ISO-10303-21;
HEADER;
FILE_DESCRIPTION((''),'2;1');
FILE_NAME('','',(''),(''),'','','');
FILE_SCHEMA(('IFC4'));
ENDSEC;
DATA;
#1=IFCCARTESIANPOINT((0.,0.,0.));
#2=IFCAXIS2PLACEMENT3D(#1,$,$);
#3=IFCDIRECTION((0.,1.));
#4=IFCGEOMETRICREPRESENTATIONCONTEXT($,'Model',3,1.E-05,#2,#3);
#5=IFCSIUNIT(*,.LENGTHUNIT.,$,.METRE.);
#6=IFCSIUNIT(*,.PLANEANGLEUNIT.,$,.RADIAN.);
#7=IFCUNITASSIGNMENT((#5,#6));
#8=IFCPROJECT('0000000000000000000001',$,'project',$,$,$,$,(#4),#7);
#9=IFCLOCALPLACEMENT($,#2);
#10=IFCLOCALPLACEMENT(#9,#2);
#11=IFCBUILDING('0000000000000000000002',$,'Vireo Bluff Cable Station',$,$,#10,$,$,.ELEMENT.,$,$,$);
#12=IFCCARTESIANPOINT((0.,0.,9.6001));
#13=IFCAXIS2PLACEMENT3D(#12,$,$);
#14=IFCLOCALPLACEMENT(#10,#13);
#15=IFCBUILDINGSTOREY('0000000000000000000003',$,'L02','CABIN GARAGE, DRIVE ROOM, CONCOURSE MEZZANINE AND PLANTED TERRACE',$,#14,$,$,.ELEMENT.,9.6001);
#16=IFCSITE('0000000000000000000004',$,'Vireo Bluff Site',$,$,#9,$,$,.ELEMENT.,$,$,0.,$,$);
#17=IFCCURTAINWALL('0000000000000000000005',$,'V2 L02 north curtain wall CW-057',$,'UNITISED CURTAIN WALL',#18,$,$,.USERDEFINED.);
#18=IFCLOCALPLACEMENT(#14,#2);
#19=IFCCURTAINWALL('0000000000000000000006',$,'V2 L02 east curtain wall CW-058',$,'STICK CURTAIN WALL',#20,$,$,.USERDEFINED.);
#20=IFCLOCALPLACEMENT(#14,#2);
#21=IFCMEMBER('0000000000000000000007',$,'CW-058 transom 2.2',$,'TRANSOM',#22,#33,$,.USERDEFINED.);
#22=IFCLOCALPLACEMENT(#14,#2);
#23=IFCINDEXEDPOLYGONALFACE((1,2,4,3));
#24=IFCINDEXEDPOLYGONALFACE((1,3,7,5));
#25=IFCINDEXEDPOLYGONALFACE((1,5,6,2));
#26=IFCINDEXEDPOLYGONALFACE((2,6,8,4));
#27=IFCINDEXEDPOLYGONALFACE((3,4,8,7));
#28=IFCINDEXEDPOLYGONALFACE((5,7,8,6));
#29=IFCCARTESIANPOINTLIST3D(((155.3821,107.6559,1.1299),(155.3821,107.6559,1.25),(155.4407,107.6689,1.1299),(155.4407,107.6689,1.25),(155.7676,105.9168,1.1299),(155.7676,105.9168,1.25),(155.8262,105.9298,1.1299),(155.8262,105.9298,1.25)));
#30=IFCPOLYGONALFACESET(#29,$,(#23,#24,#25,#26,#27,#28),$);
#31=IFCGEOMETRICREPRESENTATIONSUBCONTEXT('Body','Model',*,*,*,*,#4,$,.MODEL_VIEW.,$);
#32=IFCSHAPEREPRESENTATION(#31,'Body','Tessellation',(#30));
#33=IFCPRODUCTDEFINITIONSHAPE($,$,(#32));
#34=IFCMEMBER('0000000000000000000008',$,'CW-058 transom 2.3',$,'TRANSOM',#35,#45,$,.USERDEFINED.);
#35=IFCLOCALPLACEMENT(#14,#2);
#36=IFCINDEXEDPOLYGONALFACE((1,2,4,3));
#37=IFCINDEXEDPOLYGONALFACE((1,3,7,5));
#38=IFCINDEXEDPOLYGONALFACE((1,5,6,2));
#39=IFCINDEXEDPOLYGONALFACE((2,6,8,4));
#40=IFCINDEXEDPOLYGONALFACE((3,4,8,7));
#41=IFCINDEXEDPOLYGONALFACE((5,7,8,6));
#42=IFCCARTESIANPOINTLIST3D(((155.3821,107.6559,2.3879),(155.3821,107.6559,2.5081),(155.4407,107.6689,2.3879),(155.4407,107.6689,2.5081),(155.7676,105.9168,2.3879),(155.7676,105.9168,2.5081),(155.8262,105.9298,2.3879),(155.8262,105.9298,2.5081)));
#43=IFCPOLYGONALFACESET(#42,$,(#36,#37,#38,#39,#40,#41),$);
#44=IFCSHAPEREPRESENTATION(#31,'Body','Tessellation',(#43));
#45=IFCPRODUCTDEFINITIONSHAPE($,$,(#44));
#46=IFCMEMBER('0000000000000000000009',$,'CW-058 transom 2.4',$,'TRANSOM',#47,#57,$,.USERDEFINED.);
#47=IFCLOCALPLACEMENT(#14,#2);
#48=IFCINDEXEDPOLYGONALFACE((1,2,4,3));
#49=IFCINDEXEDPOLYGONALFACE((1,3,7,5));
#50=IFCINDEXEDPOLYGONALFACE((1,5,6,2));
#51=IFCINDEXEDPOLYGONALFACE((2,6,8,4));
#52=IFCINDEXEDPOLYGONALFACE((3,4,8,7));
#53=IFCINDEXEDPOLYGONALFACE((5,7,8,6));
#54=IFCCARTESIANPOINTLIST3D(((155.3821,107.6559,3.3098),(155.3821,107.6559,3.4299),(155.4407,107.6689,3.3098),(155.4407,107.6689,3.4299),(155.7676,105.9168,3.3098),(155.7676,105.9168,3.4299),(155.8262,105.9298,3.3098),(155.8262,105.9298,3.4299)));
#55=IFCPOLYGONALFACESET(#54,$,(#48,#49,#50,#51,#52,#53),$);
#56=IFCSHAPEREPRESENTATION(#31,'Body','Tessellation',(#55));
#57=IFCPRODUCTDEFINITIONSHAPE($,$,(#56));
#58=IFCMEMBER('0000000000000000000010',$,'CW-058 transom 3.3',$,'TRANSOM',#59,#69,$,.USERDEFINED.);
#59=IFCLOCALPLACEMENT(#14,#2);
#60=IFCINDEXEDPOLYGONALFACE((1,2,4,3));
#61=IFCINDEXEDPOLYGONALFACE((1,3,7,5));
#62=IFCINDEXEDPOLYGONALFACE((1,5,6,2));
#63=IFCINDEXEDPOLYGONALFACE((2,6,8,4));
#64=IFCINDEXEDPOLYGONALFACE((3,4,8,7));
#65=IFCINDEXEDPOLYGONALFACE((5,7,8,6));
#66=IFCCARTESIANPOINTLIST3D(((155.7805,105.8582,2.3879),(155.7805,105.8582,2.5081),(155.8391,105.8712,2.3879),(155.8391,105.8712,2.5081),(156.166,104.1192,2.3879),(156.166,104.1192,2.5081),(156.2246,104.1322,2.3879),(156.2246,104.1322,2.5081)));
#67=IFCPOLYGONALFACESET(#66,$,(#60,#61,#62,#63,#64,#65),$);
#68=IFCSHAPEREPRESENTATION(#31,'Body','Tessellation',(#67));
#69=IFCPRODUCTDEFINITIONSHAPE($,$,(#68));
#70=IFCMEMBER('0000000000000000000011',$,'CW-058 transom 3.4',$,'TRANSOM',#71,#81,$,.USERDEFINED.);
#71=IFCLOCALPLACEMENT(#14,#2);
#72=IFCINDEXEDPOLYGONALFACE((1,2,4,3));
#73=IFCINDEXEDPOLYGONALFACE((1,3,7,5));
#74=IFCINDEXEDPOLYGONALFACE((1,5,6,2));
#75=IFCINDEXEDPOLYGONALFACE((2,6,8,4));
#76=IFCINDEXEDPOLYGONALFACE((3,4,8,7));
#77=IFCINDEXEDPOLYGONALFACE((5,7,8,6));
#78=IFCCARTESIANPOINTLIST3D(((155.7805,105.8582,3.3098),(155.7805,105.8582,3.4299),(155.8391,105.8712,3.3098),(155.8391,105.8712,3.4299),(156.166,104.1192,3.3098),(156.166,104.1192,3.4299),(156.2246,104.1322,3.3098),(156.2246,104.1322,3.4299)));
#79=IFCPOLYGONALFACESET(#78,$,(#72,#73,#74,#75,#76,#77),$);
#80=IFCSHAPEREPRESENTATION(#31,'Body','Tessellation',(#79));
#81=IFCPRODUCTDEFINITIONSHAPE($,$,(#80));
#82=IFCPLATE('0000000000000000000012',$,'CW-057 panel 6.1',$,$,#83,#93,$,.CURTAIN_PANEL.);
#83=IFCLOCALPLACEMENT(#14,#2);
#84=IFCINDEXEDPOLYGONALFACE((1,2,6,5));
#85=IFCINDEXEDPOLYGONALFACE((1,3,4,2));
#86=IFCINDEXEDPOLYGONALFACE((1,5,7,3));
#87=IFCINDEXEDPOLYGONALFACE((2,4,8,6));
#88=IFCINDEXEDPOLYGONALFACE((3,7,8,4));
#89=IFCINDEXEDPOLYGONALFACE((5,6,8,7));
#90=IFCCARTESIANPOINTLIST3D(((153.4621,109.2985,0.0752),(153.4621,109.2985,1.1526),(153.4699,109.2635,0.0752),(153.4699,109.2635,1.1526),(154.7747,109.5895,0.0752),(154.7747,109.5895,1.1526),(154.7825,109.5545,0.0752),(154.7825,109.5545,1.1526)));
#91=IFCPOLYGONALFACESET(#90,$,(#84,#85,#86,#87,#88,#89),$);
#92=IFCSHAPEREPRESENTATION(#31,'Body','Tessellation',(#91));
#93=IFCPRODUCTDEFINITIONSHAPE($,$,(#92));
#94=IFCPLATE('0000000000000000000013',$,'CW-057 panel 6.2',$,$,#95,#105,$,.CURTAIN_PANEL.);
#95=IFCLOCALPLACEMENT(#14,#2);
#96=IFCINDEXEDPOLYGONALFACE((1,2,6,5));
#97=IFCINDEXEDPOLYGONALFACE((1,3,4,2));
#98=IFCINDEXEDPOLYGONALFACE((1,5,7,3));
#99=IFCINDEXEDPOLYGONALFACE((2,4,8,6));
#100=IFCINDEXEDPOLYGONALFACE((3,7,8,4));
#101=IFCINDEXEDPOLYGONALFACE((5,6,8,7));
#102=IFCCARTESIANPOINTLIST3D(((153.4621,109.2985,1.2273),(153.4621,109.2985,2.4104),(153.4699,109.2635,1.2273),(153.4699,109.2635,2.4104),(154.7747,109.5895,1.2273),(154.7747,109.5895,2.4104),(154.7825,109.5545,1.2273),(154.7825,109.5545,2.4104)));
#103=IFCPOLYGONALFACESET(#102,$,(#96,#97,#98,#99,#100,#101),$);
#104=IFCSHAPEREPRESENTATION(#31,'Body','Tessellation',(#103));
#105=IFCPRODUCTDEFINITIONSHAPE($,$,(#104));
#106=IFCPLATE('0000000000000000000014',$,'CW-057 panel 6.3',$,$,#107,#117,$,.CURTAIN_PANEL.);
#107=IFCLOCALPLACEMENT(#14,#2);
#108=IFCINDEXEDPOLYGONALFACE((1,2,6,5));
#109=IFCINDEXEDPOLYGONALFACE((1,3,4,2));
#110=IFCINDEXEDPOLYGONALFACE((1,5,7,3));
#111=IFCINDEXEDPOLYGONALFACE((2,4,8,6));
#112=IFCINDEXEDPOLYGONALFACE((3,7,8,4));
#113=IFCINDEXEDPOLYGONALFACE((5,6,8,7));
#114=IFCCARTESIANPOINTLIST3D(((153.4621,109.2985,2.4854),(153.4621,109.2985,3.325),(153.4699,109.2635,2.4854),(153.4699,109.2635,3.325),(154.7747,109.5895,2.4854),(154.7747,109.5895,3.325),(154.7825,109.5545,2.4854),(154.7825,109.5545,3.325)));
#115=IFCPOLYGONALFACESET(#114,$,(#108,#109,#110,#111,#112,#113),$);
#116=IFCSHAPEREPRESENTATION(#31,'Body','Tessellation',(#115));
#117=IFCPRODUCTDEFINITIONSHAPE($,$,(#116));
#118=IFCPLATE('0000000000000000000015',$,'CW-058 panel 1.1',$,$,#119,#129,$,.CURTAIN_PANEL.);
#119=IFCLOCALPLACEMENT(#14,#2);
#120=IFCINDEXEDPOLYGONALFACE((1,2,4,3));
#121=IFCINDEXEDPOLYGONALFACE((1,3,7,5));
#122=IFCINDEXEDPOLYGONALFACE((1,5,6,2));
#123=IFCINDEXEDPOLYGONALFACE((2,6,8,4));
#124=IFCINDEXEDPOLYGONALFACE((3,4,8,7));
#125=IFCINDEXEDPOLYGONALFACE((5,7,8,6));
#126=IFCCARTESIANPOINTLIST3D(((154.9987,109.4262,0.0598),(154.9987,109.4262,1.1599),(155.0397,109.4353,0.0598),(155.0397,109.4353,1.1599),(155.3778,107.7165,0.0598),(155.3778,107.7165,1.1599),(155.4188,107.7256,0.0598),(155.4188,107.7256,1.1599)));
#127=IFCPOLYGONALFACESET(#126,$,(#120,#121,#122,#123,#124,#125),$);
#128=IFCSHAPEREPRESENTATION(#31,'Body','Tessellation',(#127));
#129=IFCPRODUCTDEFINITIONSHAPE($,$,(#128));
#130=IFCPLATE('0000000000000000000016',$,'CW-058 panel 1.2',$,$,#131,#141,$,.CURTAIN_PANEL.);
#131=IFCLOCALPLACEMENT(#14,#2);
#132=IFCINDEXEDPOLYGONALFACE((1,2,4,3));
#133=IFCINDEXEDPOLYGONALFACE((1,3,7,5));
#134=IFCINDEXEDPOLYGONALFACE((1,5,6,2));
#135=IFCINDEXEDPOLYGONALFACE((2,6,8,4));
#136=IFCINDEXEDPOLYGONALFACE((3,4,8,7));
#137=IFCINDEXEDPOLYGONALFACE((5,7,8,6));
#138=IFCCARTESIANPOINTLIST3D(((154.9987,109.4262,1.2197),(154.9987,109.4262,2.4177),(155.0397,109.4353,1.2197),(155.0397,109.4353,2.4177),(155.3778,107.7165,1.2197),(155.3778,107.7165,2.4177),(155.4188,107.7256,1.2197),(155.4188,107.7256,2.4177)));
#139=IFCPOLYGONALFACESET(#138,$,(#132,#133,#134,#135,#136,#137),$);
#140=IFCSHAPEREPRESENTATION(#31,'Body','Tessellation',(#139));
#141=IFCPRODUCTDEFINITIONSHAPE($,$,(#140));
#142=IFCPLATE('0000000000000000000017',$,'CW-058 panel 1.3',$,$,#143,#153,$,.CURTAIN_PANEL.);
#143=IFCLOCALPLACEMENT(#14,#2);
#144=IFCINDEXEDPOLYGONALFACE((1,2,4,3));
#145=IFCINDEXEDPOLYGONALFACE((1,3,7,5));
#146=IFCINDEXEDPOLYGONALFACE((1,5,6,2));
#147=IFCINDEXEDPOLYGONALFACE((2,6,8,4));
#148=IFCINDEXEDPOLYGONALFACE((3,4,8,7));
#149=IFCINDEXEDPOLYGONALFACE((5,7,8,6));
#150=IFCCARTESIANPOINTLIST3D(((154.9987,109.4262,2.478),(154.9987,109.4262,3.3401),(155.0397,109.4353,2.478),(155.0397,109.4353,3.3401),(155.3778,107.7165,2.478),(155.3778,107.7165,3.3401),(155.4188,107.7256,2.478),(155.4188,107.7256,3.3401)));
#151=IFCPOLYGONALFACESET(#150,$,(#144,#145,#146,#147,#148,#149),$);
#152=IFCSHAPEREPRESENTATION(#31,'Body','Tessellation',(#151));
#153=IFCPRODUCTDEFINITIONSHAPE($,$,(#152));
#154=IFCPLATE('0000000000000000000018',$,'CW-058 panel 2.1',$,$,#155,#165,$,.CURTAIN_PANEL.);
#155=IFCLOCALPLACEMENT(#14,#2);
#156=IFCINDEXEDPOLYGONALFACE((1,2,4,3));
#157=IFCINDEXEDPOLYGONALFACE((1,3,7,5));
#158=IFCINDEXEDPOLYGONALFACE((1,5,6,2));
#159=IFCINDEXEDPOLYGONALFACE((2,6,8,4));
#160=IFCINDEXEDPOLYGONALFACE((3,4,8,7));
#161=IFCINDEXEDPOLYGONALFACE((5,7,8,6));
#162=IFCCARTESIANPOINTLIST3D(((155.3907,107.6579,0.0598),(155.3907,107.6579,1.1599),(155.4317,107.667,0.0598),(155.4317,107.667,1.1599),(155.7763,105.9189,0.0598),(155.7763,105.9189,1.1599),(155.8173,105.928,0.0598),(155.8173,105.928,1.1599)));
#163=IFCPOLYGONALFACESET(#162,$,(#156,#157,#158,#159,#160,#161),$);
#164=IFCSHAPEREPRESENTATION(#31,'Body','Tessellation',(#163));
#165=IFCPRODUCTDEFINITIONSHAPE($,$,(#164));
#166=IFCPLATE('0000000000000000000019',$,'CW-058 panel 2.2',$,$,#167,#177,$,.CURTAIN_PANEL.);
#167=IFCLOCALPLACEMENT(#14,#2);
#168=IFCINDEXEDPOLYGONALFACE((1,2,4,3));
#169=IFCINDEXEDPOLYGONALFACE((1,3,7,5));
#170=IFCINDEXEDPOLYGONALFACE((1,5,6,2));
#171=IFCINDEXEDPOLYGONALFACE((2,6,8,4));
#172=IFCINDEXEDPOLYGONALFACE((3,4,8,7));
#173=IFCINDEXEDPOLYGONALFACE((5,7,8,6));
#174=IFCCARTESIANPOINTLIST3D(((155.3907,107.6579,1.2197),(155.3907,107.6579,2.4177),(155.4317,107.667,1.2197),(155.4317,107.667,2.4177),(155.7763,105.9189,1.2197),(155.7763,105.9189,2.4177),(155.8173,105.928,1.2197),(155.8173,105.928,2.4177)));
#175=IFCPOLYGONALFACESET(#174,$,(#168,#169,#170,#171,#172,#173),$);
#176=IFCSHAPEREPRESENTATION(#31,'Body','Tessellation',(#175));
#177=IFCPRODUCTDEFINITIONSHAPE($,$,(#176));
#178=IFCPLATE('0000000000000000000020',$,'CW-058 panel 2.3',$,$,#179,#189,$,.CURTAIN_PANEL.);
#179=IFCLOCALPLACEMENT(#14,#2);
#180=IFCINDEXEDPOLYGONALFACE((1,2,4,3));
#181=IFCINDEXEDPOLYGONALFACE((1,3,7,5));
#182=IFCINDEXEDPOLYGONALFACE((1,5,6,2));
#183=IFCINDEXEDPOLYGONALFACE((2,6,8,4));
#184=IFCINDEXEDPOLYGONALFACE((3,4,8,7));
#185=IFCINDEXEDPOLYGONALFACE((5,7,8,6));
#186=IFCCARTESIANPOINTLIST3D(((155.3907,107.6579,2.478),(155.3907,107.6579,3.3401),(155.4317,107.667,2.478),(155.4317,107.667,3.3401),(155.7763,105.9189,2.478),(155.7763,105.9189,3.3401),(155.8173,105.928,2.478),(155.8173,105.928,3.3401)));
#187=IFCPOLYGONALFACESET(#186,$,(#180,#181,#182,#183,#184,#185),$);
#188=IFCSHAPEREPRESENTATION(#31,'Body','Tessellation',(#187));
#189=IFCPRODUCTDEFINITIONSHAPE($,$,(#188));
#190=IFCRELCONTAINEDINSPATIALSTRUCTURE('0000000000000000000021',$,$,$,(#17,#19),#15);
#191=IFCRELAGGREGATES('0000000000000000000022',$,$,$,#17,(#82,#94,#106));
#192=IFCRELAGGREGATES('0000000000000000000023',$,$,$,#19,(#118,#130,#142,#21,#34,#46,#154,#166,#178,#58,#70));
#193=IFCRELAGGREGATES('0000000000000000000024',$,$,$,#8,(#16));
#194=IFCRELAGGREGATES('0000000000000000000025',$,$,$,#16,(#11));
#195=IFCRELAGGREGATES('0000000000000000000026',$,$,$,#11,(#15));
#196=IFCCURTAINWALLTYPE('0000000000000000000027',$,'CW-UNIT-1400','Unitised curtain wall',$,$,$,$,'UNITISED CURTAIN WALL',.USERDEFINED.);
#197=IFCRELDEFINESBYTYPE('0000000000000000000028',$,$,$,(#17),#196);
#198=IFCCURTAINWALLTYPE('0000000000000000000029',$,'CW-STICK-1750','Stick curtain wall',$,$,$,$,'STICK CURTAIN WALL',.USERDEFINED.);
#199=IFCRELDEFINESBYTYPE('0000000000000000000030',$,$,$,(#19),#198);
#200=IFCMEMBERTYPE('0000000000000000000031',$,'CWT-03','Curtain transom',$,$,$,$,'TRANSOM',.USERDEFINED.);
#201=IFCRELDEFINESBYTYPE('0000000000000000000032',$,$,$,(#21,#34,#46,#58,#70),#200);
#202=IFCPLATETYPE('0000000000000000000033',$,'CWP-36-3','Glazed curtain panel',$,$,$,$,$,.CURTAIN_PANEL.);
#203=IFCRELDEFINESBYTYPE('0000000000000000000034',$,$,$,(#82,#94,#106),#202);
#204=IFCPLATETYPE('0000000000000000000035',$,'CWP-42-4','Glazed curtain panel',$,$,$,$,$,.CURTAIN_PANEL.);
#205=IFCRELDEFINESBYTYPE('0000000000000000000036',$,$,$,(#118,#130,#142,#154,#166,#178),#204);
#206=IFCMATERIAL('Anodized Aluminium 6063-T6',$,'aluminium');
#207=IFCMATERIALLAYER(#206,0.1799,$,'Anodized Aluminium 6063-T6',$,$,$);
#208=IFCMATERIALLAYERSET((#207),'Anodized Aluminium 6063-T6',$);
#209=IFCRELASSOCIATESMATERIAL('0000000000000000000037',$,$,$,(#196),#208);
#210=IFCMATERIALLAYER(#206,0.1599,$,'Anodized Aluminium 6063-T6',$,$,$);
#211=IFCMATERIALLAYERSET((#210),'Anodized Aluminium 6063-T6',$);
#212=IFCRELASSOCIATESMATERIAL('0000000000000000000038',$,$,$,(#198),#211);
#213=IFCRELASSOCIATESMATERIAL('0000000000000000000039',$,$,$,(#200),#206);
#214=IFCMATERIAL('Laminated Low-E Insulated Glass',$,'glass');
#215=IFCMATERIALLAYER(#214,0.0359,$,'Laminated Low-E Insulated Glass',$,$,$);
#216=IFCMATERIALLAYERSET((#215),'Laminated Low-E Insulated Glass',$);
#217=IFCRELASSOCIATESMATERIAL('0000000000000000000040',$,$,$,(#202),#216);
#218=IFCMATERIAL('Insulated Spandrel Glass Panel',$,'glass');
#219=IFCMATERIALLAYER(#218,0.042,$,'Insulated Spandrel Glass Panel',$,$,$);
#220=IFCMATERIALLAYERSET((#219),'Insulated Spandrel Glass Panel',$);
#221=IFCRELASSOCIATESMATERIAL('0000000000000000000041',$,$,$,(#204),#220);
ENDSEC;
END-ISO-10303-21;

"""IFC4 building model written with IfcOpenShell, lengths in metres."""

from ifc_helpers import new_model, si_unit, direction, frame, origin, origin_2d, place, context, subcontext, project, spatial, rectangle, extrude, material, layer, layer_set, material_profile, profile_set, type_object, element, aggregate, save


model = new_model("IFC4")

# Units and contexts
model_context = context("Model", 3, precision=1e-05, world=origin(), true_north=direction((0.0, 1.0)))
body_context = subcontext(model_context, "Body", "Model", "MODEL_VIEW")
ifc_project = project(units=[si_unit("LENGTHUNIT", "METRE"), si_unit("PLANEANGLEUNIT", "RADIAN")], contexts=[model_context])

# Site, building, storey
site_placement = place(None, origin())
site = spatial("IfcSite", under=ifc_project, at=site_placement, Name="Vireo Bluff Site", CompositionType="ELEMENT", RefElevation=0.0)
building_placement = place(site_placement, origin())
building = spatial("IfcBuilding", under=site, at=building_placement, Name="Vireo Bluff Cable Station", CompositionType="ELEMENT")
storey_placement = place(building_placement, frame((0.0, 0.0, 9.6001)))
storey = spatial("IfcBuildingStorey", under=building, at=storey_placement, Name="L02", Description="CABIN GARAGE, DRIVE ROOM, CONCOURSE MEZZANINE AND PLANTED TERRACE", CompositionType="ELEMENT", Elevation=9.6001)

# Curtain wall
ifc_material_1 = material(Name="Anodized Aluminium 6063-T6", Category="aluminium")
ifc_layer_1 = layer(ifc_material_1, 0.1799, Name="Anodized Aluminium 6063-T6")
ifc_layer_set_1 = layer_set([ifc_layer_1], Name="Anodized Aluminium 6063-T6")
curtain_wall_type_1 = type_object("IfcCurtainWallType", Name="CW-UNIT-1400", Description="Unitised curtain wall", ElementType="UNITISED CURTAIN WALL", PredefinedType="USERDEFINED", material=ifc_layer_set_1)
curtain_wall_1_placement = place(storey_placement, origin())
curtain_wall_1 = element("IfcCurtainWall", 1, at=curtain_wall_1_placement, inside=storey, type_object=curtain_wall_type_1, Name="V2 L02 north curtain wall CW-057", ObjectType="UNITISED CURTAIN WALL", PredefinedType="USERDEFINED")

# Curtain wall
ifc_layer_2 = layer(ifc_material_1, 0.1599, Name="Anodized Aluminium 6063-T6")
ifc_layer_set_2 = layer_set([ifc_layer_2], Name="Anodized Aluminium 6063-T6")
curtain_wall_type_2 = type_object("IfcCurtainWallType", Name="CW-STICK-1750", Description="Stick curtain wall", ElementType="STICK CURTAIN WALL", PredefinedType="USERDEFINED", material=ifc_layer_set_2)
curtain_wall_2_placement = place(storey_placement, origin())
curtain_wall_2 = element("IfcCurtainWall", 2, at=curtain_wall_2_placement, inside=storey, type_object=curtain_wall_type_2, Name="V2 L02 east curtain wall CW-058", ObjectType="STICK CURTAIN WALL", PredefinedType="USERDEFINED")

# Members
ifc_material_profile_1 = material_profile(ifc_material_1, rectangle(XDim=0.0601, YDim=0.1201, at=origin_2d()), Name="ALU-T-60X120")
ifc_profile_set_1 = profile_set([ifc_material_profile_1], Name="Anodized Aluminium 6063-T6")
member_type_1 = type_object("IfcMemberType", Name="CWT-03", Description="Curtain transom", ElementType="TRANSOM", PredefinedType="USERDEFINED", material=ifc_profile_set_1)
member_1_placement = place(storey_placement, frame((155.4114, 107.6624, 1.1899), z_axis=(0.216422, -0.9763, 0.0), x_axis=(0.9763, 0.216422, 0.0)))
member_1 = element("IfcMember", 3, at=member_1_placement, type_object=member_type_1, Name="CW-058 transom 2.2", ObjectType="TRANSOM", PredefinedType="USERDEFINED", context=body_context, shape_type="SweptSolid", body=[
    extrude(rectangle(XDim=0.0601, YDim=0.1201, at=origin_2d()), origin(), (0.0, 0.0, 1.0), 1.7812),
])
member_2_placement = place(storey_placement, frame((155.4114, 107.6624, 2.448), z_axis=(0.216422, -0.9763, 0.0), x_axis=(0.9763, 0.216422, 0.0)))
member_2 = element("IfcMember", 4, at=member_2_placement, type_object=member_type_1, Name="CW-058 transom 2.3", ObjectType="TRANSOM", PredefinedType="USERDEFINED", context=body_context, shape_type="SweptSolid", body=[
    extrude(rectangle(XDim=0.0601, YDim=0.1201, at=origin_2d()), origin(), (0.0, 0.0, 1.0), 1.7812),
])
member_3_placement = place(storey_placement, frame((155.4114, 107.6624, 3.3699), z_axis=(0.216422, -0.9763, 0.0), x_axis=(0.9763, 0.216422, 0.0)))
member_3 = element("IfcMember", 5, at=member_3_placement, type_object=member_type_1, Name="CW-058 transom 2.4", ObjectType="TRANSOM", PredefinedType="USERDEFINED", context=body_context, shape_type="SweptSolid", body=[
    extrude(rectangle(XDim=0.0601, YDim=0.1201, at=origin_2d()), origin(), (0.0, 0.0, 1.0), 1.7812),
])
member_4_placement = place(storey_placement, frame((155.8098, 105.8647, 2.448), z_axis=(0.216422, -0.9763, 0.0), x_axis=(0.9763, 0.216422, 0.0)))
member_4 = element("IfcMember", 6, at=member_4_placement, type_object=member_type_1, Name="CW-058 transom 3.3", ObjectType="TRANSOM", PredefinedType="USERDEFINED", context=body_context, shape_type="SweptSolid", body=[
    extrude(rectangle(XDim=0.0601, YDim=0.1201, at=origin_2d()), origin(), (0.0, 0.0, 1.0), 1.7812),
])
member_5_placement = place(storey_placement, frame((155.8098, 105.8647, 3.3699), z_axis=(0.216422, -0.9763, 0.0), x_axis=(0.9763, 0.216422, 0.0)))
member_5 = element("IfcMember", 7, at=member_5_placement, type_object=member_type_1, Name="CW-058 transom 3.4", ObjectType="TRANSOM", PredefinedType="USERDEFINED", context=body_context, shape_type="SweptSolid", body=[
    extrude(rectangle(XDim=0.0601, YDim=0.1201, at=origin_2d()), origin(), (0.0, 0.0, 1.0), 1.7812),
])

# Plates
ifc_material_2 = material(Name="Laminated Low-E Insulated Glass", Category="glass")
ifc_layer_3 = layer(ifc_material_2, 0.0359, Name="Laminated Low-E Insulated Glass")
ifc_layer_set_3 = layer_set([ifc_layer_3], Name="Laminated Low-E Insulated Glass")
plate_type_1 = type_object("IfcPlateType", Name="CWP-36-3", Description="Glazed curtain panel", PredefinedType="CURTAIN_PANEL", material=ifc_layer_set_3)
plate_1_placement = place(storey_placement, frame((154.1223, 109.4265, 0.0752), z_axis=(0.0, 0.0, 1.0), x_axis=(0.976296, 0.21644, 0.0)))
plate_1 = element("IfcPlate", 8, at=plate_1_placement, type_object=plate_type_1, Name="CW-057 panel 6.1", PredefinedType="CURTAIN_PANEL", context=body_context, shape_type="SweptSolid", body=[
    extrude(rectangle(XDim=1.3445, YDim=0.0359, at=origin_2d()), origin(), (0.0, 0.0, 1.0), 1.0774),
])
plate_2_placement = place(storey_placement, frame((154.1223, 109.4265, 1.2273), z_axis=(0.0, 0.0, 1.0), x_axis=(0.976296, 0.21644, 0.0)))
plate_2 = element("IfcPlate", 9, at=plate_2_placement, type_object=plate_type_1, Name="CW-057 panel 6.2", PredefinedType="CURTAIN_PANEL", context=body_context, shape_type="SweptSolid", body=[
    extrude(rectangle(XDim=1.3445, YDim=0.0359, at=origin_2d()), origin(), (0.0, 0.0, 1.0), 1.1831),
])
plate_3_placement = place(storey_placement, frame((154.1223, 109.4265, 2.4854), z_axis=(0.0, 0.0, 1.0), x_axis=(0.976296, 0.21644, 0.0)))
plate_3 = element("IfcPlate", 10, at=plate_3_placement, type_object=plate_type_1, Name="CW-057 panel 6.3", PredefinedType="CURTAIN_PANEL", context=body_context, shape_type="SweptSolid", body=[
    extrude(rectangle(XDim=1.3445, YDim=0.0359, at=origin_2d()), origin(), (0.0, 0.0, 1.0), 0.8396),
])
aggregate(curtain_wall_1, [plate_1, plate_2, plate_3])
ifc_material_3 = material(Name="Insulated Spandrel Glass Panel", Category="glass")
ifc_layer_4 = layer(ifc_material_3, 0.042, Name="Insulated Spandrel Glass Panel")
ifc_layer_set_4 = layer_set([ifc_layer_4], Name="Insulated Spandrel Glass Panel")
plate_type_2 = type_object("IfcPlateType", Name="CWP-42-4", Description="Glazed curtain panel", PredefinedType="CURTAIN_PANEL", material=ifc_layer_set_4)
plate_4_placement = place(storey_placement, frame((155.2087, 108.5759, 0.0598), z_axis=(0.0, 0.0, 1.0), x_axis=(0.21644, -0.976296, 0.0)))
plate_4 = element("IfcPlate", 11, at=plate_4_placement, type_object=plate_type_2, Name="CW-058 panel 1.1", PredefinedType="CURTAIN_PANEL", context=body_context, shape_type="SweptSolid", body=[
    extrude(rectangle(XDim=1.7512, YDim=0.042, at=origin_2d()), origin(), (0.0, 0.0, 1.0), 1.1001),
])
plate_5_placement = place(storey_placement, frame((155.2087, 108.5759, 1.2197), z_axis=(0.0, 0.0, 1.0), x_axis=(0.21644, -0.976296, 0.0)))
plate_5 = element("IfcPlate", 12, at=plate_5_placement, type_object=plate_type_2, Name="CW-058 panel 1.2", PredefinedType="CURTAIN_PANEL", context=body_context, shape_type="SweptSolid", body=[
    extrude(rectangle(XDim=1.7512, YDim=0.042, at=origin_2d()), origin(), (0.0, 0.0, 1.0), 1.198),
])
plate_6_placement = place(storey_placement, frame((155.2087, 108.5759, 2.478), z_axis=(0.0, 0.0, 1.0), x_axis=(0.21644, -0.976296, 0.0)))
plate_6 = element("IfcPlate", 13, at=plate_6_placement, type_object=plate_type_2, Name="CW-058 panel 1.3", PredefinedType="CURTAIN_PANEL", context=body_context, shape_type="SweptSolid", body=[
    extrude(rectangle(XDim=1.7512, YDim=0.042, at=origin_2d()), origin(), (0.0, 0.0, 1.0), 0.8621),
])
plate_7_placement = place(storey_placement, frame((155.604, 106.793, 0.0598), z_axis=(0.0, 0.0, 1.0), x_axis=(0.21644, -0.976296, 0.0)))
plate_7 = element("IfcPlate", 14, at=plate_7_placement, type_object=plate_type_2, Name="CW-058 panel 2.1", PredefinedType="CURTAIN_PANEL", context=body_context, shape_type="SweptSolid", body=[
    extrude(rectangle(XDim=1.7812, YDim=0.042, at=origin_2d()), origin(), (0.0, 0.0, 1.0), 1.1001),
])
plate_8_placement = place(storey_placement, frame((155.604, 106.793, 1.2197), z_axis=(0.0, 0.0, 1.0), x_axis=(0.21644, -0.976296, 0.0)))
plate_8 = element("IfcPlate", 15, at=plate_8_placement, type_object=plate_type_2, Name="CW-058 panel 2.2", PredefinedType="CURTAIN_PANEL", context=body_context, shape_type="SweptSolid", body=[
    extrude(rectangle(XDim=1.7812, YDim=0.042, at=origin_2d()), origin(), (0.0, 0.0, 1.0), 1.198),
])
plate_9_placement = place(storey_placement, frame((155.604, 106.793, 2.478), z_axis=(0.0, 0.0, 1.0), x_axis=(0.21644, -0.976296, 0.0)))
plate_9 = element("IfcPlate", 16, at=plate_9_placement, type_object=plate_type_2, Name="CW-058 panel 2.3", PredefinedType="CURTAIN_PANEL", context=body_context, shape_type="SweptSolid", body=[
    extrude(rectangle(XDim=1.7812, YDim=0.042, at=origin_2d()), origin(), (0.0, 0.0, 1.0), 0.8621),
])
aggregate(curtain_wall_2, [plate_4, plate_5, plate_6, member_1, member_2, member_3, plate_7, plate_8, plate_9, member_4, member_5])

save(model, "model.ifc")
